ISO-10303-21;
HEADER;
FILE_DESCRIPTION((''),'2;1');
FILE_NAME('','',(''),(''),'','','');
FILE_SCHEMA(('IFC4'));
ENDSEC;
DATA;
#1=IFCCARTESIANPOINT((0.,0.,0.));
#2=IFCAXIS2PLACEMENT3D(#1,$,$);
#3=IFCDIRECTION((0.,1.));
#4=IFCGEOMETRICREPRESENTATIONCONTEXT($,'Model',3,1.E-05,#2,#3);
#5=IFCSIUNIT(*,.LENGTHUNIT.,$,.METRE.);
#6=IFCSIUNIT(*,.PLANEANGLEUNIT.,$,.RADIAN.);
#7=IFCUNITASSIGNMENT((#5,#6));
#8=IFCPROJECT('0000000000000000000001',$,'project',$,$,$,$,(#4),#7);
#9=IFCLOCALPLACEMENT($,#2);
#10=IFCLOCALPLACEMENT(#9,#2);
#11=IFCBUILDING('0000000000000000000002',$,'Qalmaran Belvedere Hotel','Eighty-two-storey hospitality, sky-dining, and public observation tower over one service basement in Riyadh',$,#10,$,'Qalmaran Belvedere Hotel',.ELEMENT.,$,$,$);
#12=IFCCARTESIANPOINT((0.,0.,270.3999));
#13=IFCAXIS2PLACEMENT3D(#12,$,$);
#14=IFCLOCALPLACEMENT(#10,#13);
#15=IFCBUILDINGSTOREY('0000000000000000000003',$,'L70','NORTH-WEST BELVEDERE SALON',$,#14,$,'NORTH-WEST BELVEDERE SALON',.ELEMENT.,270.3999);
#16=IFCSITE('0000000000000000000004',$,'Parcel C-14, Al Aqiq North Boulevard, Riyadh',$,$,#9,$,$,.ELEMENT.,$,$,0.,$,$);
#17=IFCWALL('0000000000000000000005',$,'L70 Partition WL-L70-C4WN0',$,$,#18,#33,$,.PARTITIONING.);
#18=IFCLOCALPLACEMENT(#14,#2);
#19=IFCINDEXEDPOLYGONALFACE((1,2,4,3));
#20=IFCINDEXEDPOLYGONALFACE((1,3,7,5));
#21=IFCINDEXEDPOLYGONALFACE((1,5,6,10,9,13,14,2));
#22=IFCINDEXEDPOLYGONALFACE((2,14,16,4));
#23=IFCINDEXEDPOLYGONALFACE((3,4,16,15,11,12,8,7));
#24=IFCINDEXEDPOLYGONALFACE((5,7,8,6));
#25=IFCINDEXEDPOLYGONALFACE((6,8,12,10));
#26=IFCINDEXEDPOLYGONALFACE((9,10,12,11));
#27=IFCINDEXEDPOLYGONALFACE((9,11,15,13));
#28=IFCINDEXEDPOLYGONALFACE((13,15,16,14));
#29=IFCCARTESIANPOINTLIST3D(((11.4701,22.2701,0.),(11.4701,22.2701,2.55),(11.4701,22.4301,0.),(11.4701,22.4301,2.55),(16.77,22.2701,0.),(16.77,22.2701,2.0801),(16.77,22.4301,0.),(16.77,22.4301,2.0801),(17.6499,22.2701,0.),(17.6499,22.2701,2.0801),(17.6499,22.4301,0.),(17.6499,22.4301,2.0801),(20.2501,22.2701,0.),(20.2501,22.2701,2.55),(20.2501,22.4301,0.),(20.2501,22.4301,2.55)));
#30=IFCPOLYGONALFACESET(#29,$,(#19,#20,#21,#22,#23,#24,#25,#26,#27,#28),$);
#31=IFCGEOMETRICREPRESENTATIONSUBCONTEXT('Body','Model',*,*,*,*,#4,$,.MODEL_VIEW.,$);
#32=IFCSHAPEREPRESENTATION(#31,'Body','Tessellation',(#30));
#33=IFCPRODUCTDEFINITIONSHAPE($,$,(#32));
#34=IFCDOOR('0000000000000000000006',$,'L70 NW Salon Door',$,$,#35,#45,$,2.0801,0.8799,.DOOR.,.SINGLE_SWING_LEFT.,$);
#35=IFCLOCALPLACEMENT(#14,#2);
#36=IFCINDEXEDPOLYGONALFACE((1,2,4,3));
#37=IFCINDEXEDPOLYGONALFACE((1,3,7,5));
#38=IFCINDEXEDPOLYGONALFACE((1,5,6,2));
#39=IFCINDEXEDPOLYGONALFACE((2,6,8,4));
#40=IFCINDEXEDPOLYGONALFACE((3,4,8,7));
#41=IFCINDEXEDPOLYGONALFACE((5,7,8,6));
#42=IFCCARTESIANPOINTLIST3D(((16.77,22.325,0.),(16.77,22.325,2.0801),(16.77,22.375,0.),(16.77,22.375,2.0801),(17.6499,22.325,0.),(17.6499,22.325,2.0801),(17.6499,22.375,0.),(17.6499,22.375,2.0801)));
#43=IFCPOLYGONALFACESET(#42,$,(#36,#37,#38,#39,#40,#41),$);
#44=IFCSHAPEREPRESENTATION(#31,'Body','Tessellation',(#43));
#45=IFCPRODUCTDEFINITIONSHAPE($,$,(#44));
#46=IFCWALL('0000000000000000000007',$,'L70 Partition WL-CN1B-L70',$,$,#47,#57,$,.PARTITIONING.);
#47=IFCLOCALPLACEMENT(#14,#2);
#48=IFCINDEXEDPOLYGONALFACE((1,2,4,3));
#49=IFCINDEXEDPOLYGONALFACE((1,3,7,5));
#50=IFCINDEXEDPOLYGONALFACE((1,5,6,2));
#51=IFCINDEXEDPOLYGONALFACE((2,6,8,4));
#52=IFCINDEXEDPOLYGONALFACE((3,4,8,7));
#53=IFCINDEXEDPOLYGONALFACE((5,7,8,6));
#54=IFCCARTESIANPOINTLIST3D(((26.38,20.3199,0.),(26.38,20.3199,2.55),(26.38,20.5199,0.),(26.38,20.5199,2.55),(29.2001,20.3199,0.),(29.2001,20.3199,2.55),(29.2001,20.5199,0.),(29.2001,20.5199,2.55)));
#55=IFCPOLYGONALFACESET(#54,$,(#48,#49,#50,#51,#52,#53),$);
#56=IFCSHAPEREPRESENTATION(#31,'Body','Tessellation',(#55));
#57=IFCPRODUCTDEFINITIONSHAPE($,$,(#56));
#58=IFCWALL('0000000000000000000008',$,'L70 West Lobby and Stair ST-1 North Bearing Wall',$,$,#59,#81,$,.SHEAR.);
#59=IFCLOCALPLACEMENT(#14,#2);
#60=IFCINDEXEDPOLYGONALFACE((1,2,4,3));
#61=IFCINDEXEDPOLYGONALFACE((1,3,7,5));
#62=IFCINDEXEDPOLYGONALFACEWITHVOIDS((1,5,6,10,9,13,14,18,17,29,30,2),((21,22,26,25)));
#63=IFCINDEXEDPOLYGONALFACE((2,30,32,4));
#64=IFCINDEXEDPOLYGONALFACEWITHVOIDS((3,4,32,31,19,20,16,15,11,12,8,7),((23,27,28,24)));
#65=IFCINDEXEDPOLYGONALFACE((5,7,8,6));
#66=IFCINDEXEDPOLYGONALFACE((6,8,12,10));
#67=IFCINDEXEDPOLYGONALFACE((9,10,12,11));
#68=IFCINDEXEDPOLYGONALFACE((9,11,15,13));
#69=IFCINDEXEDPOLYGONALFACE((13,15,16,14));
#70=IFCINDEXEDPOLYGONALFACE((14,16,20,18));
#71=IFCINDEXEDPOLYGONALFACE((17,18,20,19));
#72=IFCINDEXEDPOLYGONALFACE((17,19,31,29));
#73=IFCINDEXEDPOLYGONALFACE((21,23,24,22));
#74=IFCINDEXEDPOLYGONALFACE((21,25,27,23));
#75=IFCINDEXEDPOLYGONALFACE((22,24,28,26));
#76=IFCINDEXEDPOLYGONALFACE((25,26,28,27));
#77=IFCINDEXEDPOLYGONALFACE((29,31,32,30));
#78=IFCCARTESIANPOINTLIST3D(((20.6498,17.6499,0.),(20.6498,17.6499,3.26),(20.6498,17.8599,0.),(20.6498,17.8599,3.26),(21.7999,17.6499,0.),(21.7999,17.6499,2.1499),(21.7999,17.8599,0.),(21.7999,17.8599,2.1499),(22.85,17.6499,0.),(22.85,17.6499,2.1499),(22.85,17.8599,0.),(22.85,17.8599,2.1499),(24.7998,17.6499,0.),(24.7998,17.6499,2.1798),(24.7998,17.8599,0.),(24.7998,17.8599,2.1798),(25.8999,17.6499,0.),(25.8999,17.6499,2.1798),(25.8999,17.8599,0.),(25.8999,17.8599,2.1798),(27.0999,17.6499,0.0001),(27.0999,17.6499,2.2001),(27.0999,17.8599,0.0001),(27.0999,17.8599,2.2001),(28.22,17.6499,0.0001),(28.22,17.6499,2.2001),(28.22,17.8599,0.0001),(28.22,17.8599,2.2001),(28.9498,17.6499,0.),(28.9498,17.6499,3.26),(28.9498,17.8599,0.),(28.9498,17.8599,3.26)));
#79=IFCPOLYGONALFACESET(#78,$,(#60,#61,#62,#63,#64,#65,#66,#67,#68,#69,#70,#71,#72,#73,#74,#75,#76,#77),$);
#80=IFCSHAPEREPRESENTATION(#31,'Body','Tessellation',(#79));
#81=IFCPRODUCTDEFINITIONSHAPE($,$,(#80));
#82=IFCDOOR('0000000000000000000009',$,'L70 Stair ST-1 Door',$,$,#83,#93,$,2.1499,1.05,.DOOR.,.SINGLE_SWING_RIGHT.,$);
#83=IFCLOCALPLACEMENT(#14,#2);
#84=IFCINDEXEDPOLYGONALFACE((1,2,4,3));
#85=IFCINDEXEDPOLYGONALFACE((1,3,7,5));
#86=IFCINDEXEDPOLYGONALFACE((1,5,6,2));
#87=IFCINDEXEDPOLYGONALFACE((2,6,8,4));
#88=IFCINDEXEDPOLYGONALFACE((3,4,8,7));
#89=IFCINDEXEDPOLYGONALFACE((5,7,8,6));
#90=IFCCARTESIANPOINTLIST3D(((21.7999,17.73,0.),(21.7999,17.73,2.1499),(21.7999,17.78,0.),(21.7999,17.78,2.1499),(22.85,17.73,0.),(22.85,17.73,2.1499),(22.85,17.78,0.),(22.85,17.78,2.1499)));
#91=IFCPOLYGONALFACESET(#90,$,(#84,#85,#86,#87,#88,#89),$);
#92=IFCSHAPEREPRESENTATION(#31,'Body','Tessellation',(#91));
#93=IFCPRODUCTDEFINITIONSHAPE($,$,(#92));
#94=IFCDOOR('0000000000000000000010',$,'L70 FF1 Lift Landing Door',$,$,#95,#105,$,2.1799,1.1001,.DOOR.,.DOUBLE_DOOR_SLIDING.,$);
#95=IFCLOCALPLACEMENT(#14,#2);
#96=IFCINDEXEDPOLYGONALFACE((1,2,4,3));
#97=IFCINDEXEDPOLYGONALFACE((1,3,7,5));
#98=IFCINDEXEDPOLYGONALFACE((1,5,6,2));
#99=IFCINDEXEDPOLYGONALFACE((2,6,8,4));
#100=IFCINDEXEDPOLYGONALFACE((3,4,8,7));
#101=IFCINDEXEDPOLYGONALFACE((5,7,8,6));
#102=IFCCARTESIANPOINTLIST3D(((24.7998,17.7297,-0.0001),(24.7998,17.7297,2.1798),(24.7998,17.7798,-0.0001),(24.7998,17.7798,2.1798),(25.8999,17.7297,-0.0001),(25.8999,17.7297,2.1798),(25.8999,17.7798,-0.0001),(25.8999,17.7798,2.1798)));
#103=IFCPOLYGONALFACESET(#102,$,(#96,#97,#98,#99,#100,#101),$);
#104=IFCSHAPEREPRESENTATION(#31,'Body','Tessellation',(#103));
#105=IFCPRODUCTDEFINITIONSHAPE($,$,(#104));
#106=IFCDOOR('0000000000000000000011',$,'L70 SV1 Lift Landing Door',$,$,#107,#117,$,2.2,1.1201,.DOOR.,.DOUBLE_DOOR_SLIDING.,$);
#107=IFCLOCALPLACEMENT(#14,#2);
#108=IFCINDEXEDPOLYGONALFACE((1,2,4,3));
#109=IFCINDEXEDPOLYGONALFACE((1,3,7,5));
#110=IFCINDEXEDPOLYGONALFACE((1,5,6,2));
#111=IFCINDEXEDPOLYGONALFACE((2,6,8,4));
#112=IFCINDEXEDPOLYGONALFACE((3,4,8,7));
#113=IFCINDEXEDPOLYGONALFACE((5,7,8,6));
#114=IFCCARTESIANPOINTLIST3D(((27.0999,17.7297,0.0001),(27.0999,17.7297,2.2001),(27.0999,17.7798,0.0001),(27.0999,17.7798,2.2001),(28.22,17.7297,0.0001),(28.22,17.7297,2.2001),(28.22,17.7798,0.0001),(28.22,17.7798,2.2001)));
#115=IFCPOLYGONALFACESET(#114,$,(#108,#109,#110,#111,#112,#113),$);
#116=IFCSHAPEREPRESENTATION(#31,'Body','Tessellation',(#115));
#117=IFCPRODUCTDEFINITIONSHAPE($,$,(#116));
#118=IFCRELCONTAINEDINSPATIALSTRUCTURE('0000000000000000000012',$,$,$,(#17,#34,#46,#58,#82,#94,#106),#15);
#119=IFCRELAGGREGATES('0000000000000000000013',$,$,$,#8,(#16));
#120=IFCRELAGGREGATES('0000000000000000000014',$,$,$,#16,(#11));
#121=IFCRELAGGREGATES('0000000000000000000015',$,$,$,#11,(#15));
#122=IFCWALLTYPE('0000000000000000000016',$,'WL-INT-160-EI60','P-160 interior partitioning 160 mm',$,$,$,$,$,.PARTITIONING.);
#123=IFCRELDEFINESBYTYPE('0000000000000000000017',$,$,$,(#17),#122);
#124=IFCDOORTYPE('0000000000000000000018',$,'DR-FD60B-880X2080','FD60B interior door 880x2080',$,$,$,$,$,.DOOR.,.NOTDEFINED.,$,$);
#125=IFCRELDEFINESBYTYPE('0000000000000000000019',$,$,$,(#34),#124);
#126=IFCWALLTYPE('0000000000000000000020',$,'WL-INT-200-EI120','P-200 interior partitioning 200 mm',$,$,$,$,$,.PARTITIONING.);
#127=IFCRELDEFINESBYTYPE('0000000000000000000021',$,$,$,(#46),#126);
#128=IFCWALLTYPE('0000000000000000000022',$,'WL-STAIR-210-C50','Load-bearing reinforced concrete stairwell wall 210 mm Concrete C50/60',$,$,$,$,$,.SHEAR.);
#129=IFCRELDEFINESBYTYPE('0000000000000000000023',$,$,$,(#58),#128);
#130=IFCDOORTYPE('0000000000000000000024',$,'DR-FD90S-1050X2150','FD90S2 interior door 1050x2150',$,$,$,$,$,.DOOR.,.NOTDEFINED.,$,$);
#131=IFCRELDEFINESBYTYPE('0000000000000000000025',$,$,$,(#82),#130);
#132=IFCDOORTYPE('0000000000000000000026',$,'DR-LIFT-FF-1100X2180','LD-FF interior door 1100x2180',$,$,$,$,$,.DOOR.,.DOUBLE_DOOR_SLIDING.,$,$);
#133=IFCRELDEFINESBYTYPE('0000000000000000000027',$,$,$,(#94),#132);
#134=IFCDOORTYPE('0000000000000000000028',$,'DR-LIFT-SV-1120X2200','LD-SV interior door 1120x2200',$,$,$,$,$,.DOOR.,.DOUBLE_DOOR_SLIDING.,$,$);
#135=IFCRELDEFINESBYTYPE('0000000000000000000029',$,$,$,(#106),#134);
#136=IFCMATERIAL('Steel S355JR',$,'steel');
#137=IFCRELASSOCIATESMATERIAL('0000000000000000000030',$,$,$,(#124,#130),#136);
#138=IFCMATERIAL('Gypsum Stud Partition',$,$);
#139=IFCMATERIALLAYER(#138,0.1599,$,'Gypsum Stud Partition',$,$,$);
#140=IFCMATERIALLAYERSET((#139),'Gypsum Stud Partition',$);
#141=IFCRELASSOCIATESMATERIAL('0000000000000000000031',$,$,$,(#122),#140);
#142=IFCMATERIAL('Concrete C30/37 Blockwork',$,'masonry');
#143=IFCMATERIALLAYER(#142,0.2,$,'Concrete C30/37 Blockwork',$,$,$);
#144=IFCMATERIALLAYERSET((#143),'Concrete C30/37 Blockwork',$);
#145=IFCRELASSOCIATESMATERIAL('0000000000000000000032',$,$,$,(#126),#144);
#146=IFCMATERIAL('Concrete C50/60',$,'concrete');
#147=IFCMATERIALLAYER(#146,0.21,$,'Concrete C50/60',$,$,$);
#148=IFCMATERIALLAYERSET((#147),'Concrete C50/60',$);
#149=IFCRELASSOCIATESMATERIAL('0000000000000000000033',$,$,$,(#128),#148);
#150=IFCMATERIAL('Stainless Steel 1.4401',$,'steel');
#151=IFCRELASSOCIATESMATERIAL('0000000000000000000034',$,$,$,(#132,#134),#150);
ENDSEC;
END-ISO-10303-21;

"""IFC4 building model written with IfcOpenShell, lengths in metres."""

from ifc_helpers import new_model, si_unit, direction, frame, frame_2d, origin, place, context, subcontext, project, spatial, rectangle, extrude, material, layer, layer_set, type_object, element, fill, save


model = new_model("IFC4")

# Units and contexts
model_context = context("Model", 3, precision=1e-05, world=origin(), true_north=direction((0.0, 1.0)))
body_context = subcontext(model_context, "Body", "Model", "MODEL_VIEW")
ifc_project = project(units=[si_unit("LENGTHUNIT", "METRE"), si_unit("PLANEANGLEUNIT", "RADIAN")], contexts=[model_context])

# Site, building, storey
site_placement = place(None, origin())
site = spatial("IfcSite", under=ifc_project, at=site_placement, Name="Parcel C-14, Al Aqiq North Boulevard, Riyadh", CompositionType="ELEMENT", RefElevation=0.0)
building_placement = place(site_placement, origin())
building = spatial("IfcBuilding", under=site, at=building_placement, Name="Qalmaran Belvedere Hotel", Description="Eighty-two-storey hospitality, sky-dining, and public observation tower over one service basement in Riyadh", LongName="Qalmaran Belvedere Hotel", CompositionType="ELEMENT")
storey_placement = place(building_placement, frame((0.0, 0.0, 270.3999)))
storey = spatial("IfcBuildingStorey", under=building, at=storey_placement, Name="L70", Description="NORTH-WEST BELVEDERE SALON", LongName="NORTH-WEST BELVEDERE SALON", CompositionType="ELEMENT", Elevation=270.3999)

# Shared definitions
ifc_material_1 = material(Name="Concrete C50/60", Category="concrete")

# Shared definitions
ifc_material_2 = material(Name="Steel S355JR", Category="steel")

# Shared definitions
ifc_material_3 = material(Name="Gypsum Stud Partition")
door_type_1 = type_object("IfcDoorType", Name="DR-FD60B-880X2080", Description="FD60B interior door 880x2080", OperationType="NOTDEFINED", PredefinedType="DOOR", material=ifc_material_2)

# Shared definitions
ifc_layer_1 = layer(ifc_material_3, 0.1599, Name="Gypsum Stud Partition")
ifc_layer_set_1 = layer_set([ifc_layer_1], Name="Gypsum Stud Partition")
wall_type_1 = type_object("IfcWallType", Name="WL-INT-160-EI60", Description="P-160 interior partitioning 160 mm", PredefinedType="PARTITIONING", material=ifc_layer_set_1)

# Wall, opening, door
wall_1_placement = place(storey_placement, frame((11.47, 22.3501, 0.0), z_axis=(0.0, 0.0, 1.0), x_axis=(1.0, 0.0, 0.0)))
wall_1 = element("IfcWall", 1, at=wall_1_placement, inside=storey, type_object=wall_type_1, Name="L70 Partition WL-L70-C4WN0", PredefinedType="PARTITIONING", context=body_context, shape_type="SweptSolid", body=[
    extrude(rectangle(XDim=8.78, YDim=0.1599, at=frame_2d((4.3901, 0.0))), origin(), (0.0, 0.0, 1.0), 2.55),
])
opening_1_placement = place(wall_1_placement, frame((5.3, 0.0, 0.0)))
opening_1 = element("IfcOpeningElement", 2, at=opening_1_placement, cuts=wall_1, PredefinedType="OPENING", context=body_context, shape_type="SweptSolid", body=[
    extrude(rectangle(XDim=0.8799, YDim=2.0801, at=frame_2d((0.4399, 1.04))), frame((0.0, 0.0898, 0.0), z_axis=(0.0, -1.0, 0.0), x_axis=(1.0, 0.0, 0.0)), (0.0, 0.0, 1.0), 0.1799),
])
door_1_placement = place(opening_1_placement, origin())
door_1 = element("IfcDoor", 3, at=door_1_placement, inside=storey, type_object=door_type_1, Name="L70 NW Salon Door", OperationType="SINGLE_SWING_LEFT", OverallHeight=2.0801, OverallWidth=0.8799, PredefinedType="DOOR", context=body_context, shape_type="SweptSolid", body=[
    extrude(rectangle(XDim=0.8799, YDim=2.0801, at=frame_2d((0.4399, 1.04))), frame((0.0, 0.0249, 0.0), z_axis=(0.0, -1.0, 0.0), x_axis=(1.0, 0.0, 0.0)), (0.0, 0.0, 1.0), 0.05),
])
fill(opening_1, door_1)
ifc_material_4 = material(Name="Concrete C30/37 Blockwork", Category="masonry")
ifc_layer_2 = layer(ifc_material_4, 0.2, Name="Concrete C30/37 Blockwork")
ifc_layer_set_2 = layer_set([ifc_layer_2], Name="Concrete C30/37 Blockwork")
wall_type_2 = type_object("IfcWallType", Name="WL-INT-200-EI120", Description="P-200 interior partitioning 200 mm", PredefinedType="PARTITIONING", material=ifc_layer_set_2)

# Wall
wall_2_placement = place(storey_placement, frame((26.3799, 20.4199, 0.0), z_axis=(0.0, 0.0, 1.0), x_axis=(1.0, 0.0, 0.0)))
element("IfcWall", 4, at=wall_2_placement, inside=storey, type_object=wall_type_2, Name="L70 Partition WL-CN1B-L70", PredefinedType="PARTITIONING", context=body_context, shape_type="SweptSolid", body=[
    extrude(rectangle(XDim=2.8201, YDim=0.2, at=frame_2d((1.4102, 0.0))), origin(), (0.0, 0.0, 1.0), 2.55),
])

# Wall, openings, doors
ifc_layer_3 = layer(ifc_material_1, 0.21, Name="Concrete C50/60")
ifc_layer_set_3 = layer_set([ifc_layer_3], Name="Concrete C50/60")
wall_type_3 = type_object("IfcWallType", Name="WL-STAIR-210-C50", Description="Load-bearing reinforced concrete stairwell wall 210 mm Concrete C50/60", PredefinedType="SHEAR", material=ifc_layer_set_3)
wall_3_placement = place(storey_placement, frame((20.6499, 17.7549, 0.0), z_axis=(0.0, 0.0, 1.0), x_axis=(1.0, 0.0, 0.0)))
wall_3 = element("IfcWall", 5, at=wall_3_placement, inside=storey, type_object=wall_type_3, Name="L70 West Lobby and Stair ST-1 North Bearing Wall", PredefinedType="SHEAR", context=body_context, shape_type="SweptSolid", body=[
    extrude(rectangle(XDim=8.3, YDim=0.21, at=frame_2d((4.1499, 0.0))), origin(), (0.0, 0.0, 1.0), 3.26),
])
opening_2_placement = place(wall_3_placement, frame((2.2, 0.0, 0.0), z_axis=(0.0, 0.0, 1.0), x_axis=(-1.0, 0.0, 0.0)))
opening_2 = element("IfcOpeningElement", 6, at=opening_2_placement, cuts=wall_3, PredefinedType="OPENING", context=body_context, shape_type="SweptSolid", body=[
    extrude(rectangle(XDim=1.05, YDim=2.1499, at=frame_2d((0.5249, 1.075))), frame((0.0, 0.115, 0.0), z_axis=(0.0, -1.0, 0.0), x_axis=(1.0, 0.0, 0.0)), (0.0, 0.0, 1.0), 0.23),
])
opening_3_placement = place(wall_3_placement, frame((4.1499, 0.0, 0.0)))
opening_3 = element("IfcOpeningElement", 7, at=opening_3_placement, cuts=wall_3, PredefinedType="OPENING", context=body_context, shape_type="SweptSolid", body=[
    extrude(rectangle(XDim=1.1001, YDim=2.1799, at=frame_2d((0.55, 1.0898))), frame((0.0, 0.115, 0.0), z_axis=(0.0, -1.0, 0.0), x_axis=(1.0, 0.0, 0.0)), (0.0, 0.0, 1.0), 0.23),
])
opening_4_placement = place(wall_3_placement, frame((6.45, 0.0, 0.0)))
opening_4 = element("IfcOpeningElement", 8, at=opening_4_placement, cuts=wall_3, PredefinedType="OPENING", context=body_context, shape_type="SweptSolid", body=[
    extrude(rectangle(XDim=1.1201, YDim=2.2, at=frame_2d((0.5601, 1.1001))), frame((0.0, 0.115, 0.0), z_axis=(0.0, -1.0, 0.0), x_axis=(1.0, 0.0, 0.0)), (0.0, 0.0, 1.0), 0.23),
])
door_type_2 = type_object("IfcDoorType", Name="DR-FD90S-1050X2150", Description="FD90S2 interior door 1050x2150", OperationType="NOTDEFINED", PredefinedType="DOOR", material=ifc_material_2)
door_2_placement = place(opening_2_placement, origin())
door_2 = element("IfcDoor", 9, at=door_2_placement, inside=storey, type_object=door_type_2, Name="L70 Stair ST-1 Door", OperationType="SINGLE_SWING_RIGHT", OverallHeight=2.1499, OverallWidth=1.05, PredefinedType="DOOR", context=body_context, shape_type="SweptSolid", body=[
    extrude(rectangle(XDim=1.05, YDim=2.1499, at=frame_2d((0.5249, 1.075))), frame((0.0, 0.0249, 0.0), z_axis=(0.0, -1.0, 0.0), x_axis=(1.0, 0.0, 0.0)), (0.0, 0.0, 1.0), 0.05),
])
fill(opening_2, door_2)
ifc_material_5 = material(Name="Stainless Steel 1.4401", Category="steel")
door_type_3 = type_object("IfcDoorType", Name="DR-LIFT-FF-1100X2180", Description="LD-FF interior door 1100x2180", OperationType="DOUBLE_DOOR_SLIDING", PredefinedType="DOOR", material=ifc_material_5)
door_3_placement = place(opening_3_placement, origin())
door_3 = element("IfcDoor", 10, at=door_3_placement, inside=storey, type_object=door_type_3, Name="L70 FF1 Lift Landing Door", OperationType="DOUBLE_DOOR_SLIDING", OverallHeight=2.1799, OverallWidth=1.1001, PredefinedType="DOOR", context=body_context, shape_type="SweptSolid", body=[
    extrude(rectangle(XDim=1.1001, YDim=2.1799, at=frame_2d((0.55, 1.0898))), frame((0.0, 0.0249, 0.0), z_axis=(0.0, -1.0, 0.0), x_axis=(1.0, 0.0, 0.0)), (0.0, 0.0, 1.0), 0.05),
])
fill(opening_3, door_3)
door_type_4 = type_object("IfcDoorType", Name="DR-LIFT-SV-1120X2200", Description="LD-SV interior door 1120x2200", OperationType="DOUBLE_DOOR_SLIDING", PredefinedType="DOOR", material=ifc_material_5)
door_4_placement = place(opening_4_placement, origin())
door_4 = element("IfcDoor", 11, at=door_4_placement, inside=storey, type_object=door_type_4, Name="L70 SV1 Lift Landing Door", OperationType="DOUBLE_DOOR_SLIDING", OverallHeight=2.2, OverallWidth=1.1201, PredefinedType="DOOR", context=body_context, shape_type="SweptSolid", body=[
    extrude(rectangle(XDim=1.1201, YDim=2.2, at=frame_2d((0.5601, 1.1001))), frame((0.0, 0.0249, 0.0), z_axis=(0.0, -1.0, 0.0), x_axis=(1.0, 0.0, 0.0)), (0.0, 0.0, 1.0), 0.05),
])
fill(opening_4, door_4)

save(model, "model.ifc")
